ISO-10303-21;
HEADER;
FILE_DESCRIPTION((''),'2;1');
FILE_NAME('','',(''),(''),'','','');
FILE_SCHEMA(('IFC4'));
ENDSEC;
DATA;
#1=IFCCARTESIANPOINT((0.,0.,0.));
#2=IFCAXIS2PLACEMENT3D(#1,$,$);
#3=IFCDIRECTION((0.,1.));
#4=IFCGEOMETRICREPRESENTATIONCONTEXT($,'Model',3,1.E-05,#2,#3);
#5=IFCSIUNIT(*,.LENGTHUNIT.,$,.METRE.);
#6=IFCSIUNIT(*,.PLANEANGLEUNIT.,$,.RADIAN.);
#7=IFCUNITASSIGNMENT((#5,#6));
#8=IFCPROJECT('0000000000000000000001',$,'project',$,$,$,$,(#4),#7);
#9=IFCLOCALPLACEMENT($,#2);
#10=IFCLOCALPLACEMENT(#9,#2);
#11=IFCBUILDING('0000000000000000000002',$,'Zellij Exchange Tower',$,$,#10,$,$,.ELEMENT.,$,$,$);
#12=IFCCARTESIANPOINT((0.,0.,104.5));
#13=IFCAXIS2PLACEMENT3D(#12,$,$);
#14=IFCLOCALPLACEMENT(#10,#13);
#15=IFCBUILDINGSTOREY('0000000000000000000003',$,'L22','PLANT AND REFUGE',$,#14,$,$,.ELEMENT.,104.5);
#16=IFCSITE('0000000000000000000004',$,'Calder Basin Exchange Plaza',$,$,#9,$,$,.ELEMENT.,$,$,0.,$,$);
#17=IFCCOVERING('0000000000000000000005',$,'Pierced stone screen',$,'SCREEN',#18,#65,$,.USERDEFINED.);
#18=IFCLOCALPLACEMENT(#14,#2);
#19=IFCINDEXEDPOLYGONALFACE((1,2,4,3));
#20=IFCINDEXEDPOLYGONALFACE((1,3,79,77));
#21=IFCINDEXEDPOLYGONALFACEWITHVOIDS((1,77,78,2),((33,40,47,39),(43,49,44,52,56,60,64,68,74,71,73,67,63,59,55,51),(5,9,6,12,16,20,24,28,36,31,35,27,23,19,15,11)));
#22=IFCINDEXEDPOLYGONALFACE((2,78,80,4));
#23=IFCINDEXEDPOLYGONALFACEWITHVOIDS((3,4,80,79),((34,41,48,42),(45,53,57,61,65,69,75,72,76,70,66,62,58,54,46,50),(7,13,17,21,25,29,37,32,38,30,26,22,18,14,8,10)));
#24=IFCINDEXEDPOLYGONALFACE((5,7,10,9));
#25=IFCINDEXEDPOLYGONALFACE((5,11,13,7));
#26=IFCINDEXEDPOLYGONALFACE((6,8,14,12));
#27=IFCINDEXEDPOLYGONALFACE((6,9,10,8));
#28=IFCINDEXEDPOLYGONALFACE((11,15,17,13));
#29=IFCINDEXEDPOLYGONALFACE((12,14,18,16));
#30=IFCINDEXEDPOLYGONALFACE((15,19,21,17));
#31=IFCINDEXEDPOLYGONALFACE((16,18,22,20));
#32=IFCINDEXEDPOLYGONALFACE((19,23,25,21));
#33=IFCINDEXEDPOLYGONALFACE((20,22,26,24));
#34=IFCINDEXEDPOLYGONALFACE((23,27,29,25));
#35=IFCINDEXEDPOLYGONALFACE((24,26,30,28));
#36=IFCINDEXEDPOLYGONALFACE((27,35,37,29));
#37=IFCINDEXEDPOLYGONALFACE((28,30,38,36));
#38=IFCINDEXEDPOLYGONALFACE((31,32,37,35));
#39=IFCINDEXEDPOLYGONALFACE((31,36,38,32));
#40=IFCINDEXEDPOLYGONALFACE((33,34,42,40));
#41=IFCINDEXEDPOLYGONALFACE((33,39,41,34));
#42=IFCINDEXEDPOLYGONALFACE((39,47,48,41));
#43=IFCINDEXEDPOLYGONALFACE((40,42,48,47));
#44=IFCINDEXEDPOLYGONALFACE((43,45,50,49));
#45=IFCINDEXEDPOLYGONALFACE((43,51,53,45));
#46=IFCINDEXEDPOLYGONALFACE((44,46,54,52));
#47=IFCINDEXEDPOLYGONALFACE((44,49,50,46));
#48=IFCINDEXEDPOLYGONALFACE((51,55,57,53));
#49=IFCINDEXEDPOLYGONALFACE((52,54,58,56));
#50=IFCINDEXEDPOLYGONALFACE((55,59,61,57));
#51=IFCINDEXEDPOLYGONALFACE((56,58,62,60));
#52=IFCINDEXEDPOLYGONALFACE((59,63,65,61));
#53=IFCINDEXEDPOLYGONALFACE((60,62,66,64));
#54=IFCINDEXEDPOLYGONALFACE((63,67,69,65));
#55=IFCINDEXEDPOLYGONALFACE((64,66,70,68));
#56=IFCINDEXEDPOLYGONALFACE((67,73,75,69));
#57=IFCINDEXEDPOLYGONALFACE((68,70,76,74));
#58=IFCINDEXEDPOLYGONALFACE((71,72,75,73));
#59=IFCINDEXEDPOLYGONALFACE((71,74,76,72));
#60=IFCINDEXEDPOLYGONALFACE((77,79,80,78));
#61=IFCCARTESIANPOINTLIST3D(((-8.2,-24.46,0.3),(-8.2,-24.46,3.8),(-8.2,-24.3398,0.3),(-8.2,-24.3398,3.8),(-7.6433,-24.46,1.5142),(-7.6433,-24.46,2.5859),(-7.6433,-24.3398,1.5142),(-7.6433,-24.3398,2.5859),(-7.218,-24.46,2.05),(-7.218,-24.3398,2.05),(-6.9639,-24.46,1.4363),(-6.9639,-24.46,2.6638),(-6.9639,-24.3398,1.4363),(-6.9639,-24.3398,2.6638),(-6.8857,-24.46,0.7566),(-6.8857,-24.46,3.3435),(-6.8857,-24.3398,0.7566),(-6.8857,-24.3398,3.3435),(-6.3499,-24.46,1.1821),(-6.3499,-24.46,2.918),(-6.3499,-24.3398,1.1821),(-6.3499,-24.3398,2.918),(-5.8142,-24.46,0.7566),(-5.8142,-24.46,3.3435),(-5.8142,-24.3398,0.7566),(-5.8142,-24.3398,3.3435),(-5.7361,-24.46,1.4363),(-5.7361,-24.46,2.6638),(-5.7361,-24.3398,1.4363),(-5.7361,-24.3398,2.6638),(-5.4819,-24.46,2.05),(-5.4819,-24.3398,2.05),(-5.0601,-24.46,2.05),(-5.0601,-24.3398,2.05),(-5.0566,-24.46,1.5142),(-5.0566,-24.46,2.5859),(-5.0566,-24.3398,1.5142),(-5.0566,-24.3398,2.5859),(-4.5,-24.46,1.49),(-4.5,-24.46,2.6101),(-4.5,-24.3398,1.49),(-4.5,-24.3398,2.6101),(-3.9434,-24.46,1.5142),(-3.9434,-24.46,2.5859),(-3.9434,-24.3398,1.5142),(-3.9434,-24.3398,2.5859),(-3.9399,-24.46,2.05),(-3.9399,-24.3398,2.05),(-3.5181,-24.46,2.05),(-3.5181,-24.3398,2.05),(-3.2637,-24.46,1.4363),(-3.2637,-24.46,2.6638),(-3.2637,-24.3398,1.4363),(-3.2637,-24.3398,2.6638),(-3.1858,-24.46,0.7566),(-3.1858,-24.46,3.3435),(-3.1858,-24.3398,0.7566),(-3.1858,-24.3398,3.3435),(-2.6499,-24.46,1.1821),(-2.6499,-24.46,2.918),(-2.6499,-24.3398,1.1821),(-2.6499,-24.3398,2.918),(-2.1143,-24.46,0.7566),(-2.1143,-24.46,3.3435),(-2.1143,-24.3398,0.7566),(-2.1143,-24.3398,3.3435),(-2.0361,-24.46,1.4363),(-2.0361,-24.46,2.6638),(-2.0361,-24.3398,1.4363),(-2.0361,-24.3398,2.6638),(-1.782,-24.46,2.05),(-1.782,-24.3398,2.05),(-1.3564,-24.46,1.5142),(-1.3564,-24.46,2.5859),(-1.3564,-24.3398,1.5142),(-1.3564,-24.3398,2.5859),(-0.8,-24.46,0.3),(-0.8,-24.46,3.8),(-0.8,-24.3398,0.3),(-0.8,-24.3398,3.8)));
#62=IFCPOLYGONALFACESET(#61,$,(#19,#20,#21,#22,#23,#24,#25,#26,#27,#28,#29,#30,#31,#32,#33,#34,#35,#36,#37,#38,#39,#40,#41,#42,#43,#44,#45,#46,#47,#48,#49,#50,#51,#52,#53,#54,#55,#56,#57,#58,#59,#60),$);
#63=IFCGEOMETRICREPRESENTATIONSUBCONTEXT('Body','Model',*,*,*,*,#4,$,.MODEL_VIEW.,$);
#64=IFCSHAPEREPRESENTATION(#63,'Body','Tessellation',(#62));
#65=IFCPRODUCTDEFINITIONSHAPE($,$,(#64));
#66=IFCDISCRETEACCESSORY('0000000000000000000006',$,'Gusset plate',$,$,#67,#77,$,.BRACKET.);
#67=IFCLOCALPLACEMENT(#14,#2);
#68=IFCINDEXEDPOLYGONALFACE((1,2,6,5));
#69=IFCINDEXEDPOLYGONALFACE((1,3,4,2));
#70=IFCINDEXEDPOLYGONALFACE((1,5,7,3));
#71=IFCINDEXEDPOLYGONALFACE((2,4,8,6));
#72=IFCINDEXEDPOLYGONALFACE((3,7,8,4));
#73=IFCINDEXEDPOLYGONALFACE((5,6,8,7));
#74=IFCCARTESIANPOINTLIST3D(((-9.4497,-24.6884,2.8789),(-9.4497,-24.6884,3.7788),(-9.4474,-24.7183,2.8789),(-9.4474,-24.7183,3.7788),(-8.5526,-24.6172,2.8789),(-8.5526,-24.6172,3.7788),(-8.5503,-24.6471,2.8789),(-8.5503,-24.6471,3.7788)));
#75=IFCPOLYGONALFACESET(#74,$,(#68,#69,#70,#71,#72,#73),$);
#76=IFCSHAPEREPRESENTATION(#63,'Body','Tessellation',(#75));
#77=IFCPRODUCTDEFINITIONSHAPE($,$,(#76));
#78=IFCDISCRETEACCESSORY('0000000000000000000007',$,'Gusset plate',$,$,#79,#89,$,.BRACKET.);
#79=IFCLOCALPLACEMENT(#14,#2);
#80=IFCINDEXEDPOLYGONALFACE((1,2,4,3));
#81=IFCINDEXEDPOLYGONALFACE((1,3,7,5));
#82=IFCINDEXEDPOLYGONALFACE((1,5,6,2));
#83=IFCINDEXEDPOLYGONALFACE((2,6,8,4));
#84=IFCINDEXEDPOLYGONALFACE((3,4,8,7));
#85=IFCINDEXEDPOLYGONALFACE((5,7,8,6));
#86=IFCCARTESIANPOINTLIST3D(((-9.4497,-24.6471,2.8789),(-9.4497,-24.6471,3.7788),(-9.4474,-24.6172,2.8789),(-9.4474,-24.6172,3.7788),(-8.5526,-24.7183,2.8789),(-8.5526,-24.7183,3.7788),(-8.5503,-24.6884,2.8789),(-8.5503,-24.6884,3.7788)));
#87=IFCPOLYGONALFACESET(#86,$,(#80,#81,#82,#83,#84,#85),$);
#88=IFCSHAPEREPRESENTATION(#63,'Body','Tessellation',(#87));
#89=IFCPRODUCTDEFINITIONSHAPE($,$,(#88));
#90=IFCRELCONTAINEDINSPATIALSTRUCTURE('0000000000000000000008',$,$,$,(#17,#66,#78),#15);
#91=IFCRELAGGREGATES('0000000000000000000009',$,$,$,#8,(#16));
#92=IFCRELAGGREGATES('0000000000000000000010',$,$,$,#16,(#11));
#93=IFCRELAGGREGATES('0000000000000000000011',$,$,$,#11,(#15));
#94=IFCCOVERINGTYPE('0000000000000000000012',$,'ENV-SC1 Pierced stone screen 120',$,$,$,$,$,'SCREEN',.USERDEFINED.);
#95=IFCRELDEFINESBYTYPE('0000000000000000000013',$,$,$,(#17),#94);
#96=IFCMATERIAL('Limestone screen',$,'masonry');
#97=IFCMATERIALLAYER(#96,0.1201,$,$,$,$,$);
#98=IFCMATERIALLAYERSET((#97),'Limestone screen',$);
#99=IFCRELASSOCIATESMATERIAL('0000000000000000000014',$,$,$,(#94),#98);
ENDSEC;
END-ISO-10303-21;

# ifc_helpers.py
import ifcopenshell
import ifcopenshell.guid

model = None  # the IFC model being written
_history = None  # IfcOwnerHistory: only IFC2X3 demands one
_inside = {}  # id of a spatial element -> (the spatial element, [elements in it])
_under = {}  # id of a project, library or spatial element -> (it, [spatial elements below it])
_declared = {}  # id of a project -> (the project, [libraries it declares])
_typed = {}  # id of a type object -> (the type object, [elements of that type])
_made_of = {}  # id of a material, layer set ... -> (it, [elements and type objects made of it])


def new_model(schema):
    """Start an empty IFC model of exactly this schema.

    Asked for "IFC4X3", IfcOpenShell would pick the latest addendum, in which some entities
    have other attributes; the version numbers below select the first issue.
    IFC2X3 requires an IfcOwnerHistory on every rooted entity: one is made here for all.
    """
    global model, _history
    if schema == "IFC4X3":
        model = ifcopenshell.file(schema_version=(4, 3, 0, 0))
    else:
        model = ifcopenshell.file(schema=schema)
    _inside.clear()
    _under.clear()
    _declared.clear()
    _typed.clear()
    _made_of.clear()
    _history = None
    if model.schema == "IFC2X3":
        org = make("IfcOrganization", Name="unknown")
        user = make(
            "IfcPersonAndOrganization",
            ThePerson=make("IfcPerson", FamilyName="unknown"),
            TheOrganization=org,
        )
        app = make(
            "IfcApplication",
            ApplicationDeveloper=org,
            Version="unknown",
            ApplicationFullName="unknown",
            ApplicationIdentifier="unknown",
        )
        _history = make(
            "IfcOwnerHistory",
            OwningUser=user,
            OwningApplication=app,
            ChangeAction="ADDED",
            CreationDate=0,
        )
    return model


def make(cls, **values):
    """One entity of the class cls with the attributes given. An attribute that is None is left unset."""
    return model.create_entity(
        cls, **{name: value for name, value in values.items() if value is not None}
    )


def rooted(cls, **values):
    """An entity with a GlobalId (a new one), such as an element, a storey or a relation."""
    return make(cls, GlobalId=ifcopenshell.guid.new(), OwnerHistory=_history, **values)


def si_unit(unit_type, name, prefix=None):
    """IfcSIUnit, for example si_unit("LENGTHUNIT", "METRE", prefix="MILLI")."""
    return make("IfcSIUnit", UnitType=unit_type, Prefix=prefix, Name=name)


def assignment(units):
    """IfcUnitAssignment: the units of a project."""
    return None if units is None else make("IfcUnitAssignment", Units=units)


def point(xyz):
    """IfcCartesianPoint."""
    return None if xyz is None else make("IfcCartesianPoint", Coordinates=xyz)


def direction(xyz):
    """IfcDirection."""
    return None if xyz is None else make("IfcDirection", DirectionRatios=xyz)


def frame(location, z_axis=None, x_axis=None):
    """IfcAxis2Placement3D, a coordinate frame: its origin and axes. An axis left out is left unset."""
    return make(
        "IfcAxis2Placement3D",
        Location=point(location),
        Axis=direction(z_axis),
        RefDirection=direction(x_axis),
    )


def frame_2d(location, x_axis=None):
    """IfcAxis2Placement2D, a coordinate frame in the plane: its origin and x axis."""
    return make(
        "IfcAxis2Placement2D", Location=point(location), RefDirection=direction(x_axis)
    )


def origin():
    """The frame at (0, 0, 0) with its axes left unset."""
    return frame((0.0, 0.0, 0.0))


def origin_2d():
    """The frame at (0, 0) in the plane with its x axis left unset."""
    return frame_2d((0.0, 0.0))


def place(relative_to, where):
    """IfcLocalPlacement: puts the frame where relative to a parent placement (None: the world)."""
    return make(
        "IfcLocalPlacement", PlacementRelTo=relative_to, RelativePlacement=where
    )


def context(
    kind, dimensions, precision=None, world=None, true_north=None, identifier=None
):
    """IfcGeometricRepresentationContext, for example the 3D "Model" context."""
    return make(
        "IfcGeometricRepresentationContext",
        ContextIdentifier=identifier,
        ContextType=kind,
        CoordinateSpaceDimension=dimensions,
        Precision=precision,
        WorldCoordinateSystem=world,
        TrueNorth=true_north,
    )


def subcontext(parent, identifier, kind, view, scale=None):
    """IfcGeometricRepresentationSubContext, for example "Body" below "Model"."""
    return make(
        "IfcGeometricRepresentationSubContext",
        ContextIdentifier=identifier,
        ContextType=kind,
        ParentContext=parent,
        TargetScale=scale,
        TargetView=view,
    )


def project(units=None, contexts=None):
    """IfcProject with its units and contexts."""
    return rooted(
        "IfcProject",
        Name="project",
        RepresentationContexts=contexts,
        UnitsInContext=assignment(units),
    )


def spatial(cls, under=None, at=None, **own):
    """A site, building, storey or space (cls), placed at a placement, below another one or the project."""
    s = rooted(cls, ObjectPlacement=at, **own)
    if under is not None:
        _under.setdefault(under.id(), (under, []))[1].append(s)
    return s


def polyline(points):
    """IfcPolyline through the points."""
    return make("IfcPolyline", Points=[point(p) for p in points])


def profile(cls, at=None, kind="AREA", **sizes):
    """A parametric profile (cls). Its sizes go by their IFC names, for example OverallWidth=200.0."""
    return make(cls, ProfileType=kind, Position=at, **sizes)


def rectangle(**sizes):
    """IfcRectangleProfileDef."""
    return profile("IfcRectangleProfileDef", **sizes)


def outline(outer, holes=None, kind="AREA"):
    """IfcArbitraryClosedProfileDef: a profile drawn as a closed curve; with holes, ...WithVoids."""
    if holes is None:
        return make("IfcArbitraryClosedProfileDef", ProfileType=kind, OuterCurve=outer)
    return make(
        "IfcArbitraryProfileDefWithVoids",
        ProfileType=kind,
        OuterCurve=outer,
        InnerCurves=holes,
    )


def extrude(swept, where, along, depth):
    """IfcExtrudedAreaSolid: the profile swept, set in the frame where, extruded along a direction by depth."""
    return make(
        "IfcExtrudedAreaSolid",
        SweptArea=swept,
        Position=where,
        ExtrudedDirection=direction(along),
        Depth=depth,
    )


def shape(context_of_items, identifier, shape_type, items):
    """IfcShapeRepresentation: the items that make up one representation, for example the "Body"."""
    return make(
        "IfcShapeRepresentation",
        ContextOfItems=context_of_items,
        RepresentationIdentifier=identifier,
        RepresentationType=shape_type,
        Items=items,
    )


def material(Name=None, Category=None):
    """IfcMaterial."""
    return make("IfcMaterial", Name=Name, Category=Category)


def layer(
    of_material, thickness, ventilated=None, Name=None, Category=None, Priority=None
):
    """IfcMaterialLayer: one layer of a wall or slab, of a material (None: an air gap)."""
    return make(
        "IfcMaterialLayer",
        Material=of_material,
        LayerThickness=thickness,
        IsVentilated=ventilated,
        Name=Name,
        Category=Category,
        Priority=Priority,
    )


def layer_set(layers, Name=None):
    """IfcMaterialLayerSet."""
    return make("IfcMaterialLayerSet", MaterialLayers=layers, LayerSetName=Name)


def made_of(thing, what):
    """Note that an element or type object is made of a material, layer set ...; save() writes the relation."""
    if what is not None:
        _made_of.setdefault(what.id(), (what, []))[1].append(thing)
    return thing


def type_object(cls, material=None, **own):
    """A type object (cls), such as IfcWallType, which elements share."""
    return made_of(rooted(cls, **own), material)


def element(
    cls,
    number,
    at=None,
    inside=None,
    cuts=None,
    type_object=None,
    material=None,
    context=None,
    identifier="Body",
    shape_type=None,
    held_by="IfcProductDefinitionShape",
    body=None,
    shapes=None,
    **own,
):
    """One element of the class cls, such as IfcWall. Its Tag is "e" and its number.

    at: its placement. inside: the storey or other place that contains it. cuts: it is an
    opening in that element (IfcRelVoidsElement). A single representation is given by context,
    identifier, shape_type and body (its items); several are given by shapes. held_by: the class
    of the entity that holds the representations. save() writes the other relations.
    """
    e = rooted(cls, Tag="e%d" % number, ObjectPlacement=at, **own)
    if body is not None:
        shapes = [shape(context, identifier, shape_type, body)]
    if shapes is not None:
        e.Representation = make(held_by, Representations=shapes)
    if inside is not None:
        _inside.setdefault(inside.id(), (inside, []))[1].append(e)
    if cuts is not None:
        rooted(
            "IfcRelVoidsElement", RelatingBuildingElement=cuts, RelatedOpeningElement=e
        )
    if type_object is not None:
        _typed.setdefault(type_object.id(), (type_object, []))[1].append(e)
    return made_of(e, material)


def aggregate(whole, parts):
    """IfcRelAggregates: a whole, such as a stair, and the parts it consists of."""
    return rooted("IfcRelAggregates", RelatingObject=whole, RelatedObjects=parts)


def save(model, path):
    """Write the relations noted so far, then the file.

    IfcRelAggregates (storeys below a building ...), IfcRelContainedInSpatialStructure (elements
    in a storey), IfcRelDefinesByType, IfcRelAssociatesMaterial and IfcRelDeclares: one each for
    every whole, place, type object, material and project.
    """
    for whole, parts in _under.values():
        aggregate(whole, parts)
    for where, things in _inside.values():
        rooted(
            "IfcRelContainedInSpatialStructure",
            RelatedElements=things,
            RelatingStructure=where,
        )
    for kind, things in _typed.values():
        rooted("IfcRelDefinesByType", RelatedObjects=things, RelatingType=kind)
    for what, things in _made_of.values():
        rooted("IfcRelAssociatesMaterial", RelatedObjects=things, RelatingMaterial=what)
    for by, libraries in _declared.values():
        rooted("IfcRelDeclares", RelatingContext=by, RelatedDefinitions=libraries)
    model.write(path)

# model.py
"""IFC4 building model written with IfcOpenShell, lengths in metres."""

from ifc_helpers import new_model, si_unit, direction, frame, origin, origin_2d, place, context, subcontext, project, spatial, polyline, rectangle, outline, extrude, material, layer, layer_set, type_object, element, save


model = new_model("IFC4")

# Units and contexts
model_context = context("Model", 3, precision=1e-05, world=origin(), true_north=direction((0.0, 1.0)))
body_context = subcontext(model_context, "Body", "Model", "MODEL_VIEW")
ifc_project = project(units=[si_unit("LENGTHUNIT", "METRE"), si_unit("PLANEANGLEUNIT", "RADIAN")], contexts=[model_context])

# Site, building, storey
site_placement = place(None, origin())
site = spatial("IfcSite", under=ifc_project, at=site_placement, Name="Calder Basin Exchange Plaza", CompositionType="ELEMENT", RefElevation=0.0)
building_placement = place(site_placement, origin())
building = spatial("IfcBuilding", under=site, at=building_placement, Name="Zellij Exchange Tower", CompositionType="ELEMENT")
storey_placement = place(building_placement, frame((0.0, 0.0, 104.5)))
storey = spatial("IfcBuildingStorey", under=building, at=storey_placement, Name="L22", Description="PLANT AND REFUGE", CompositionType="ELEMENT", Elevation=104.5)

# Covering
ifc_material_1 = material(Name="Limestone screen", Category="masonry")
ifc_layer_1 = layer(ifc_material_1, 0.1201)
ifc_layer_set_1 = layer_set([ifc_layer_1], Name="Limestone screen")
covering_type_1 = type_object("IfcCoveringType", Name="ENV-SC1 Pierced stone screen 120", ElementType="SCREEN", PredefinedType="USERDEFINED", material=ifc_layer_set_1)
covering_placement = place(storey_placement, frame((-8.2, -24.3999, 0.3), z_axis=(0.0, 0.0, 1.0), x_axis=(1.0, 0.0, 0.0)))
element("IfcCovering", 1, at=covering_placement, inside=storey, type_object=covering_type_1, Name="Pierced stone screen", ObjectType="SCREEN", PredefinedType="USERDEFINED", context=body_context, shape_type="SweptSolid", body=[
    extrude(outline(polyline([(0.0, 0.0), (7.3999, 0.0), (7.3999, 3.5), (0.0, 3.5), (0.0, 0.0)]), holes=[polyline([(3.1433, 2.2859), (2.4639, 2.3638), (2.3857, 3.0435), (1.8501, 2.6179), (1.3142, 3.0435), (1.2361, 2.3638), (0.5566, 2.2859), (0.9819, 1.75), (0.5566, 1.2141), (1.2361, 1.1362), (1.3142, 0.4565), (1.8501, 0.8821), (2.3857, 0.4565), (2.4639, 1.1362), (3.1433, 1.2141), (2.718, 1.75), (3.1433, 2.2859)]), polyline([(6.8435, 2.2859), (6.1638, 2.3638), (6.0857, 3.0435), (5.55, 2.6179), (5.0142, 3.0435), (4.9363, 2.3638), (4.2566, 2.2859), (4.6819, 1.75), (4.2566, 1.2141), (4.9363, 1.1362), (5.0142, 0.4565), (5.55, 0.8821), (6.0857, 0.4565), (6.1638, 1.1362), (6.8435, 1.2141), (6.418, 1.75), (6.8435, 2.2859)]), polyline([(4.26, 1.75), (3.7, 2.3101), (3.1399, 1.75), (3.7, 1.1899), (4.26, 1.75)])]), frame((0.0, 0.0601, 0.0), z_axis=(0.0, -1.0, 0.0), x_axis=(1.0, 0.0, 0.0)), (0.0, 0.0, 1.0), 0.1201),
])

# Discrete accessories
for number, where, z_axis, x_axis, name in (
    (2, (-9.0, -24.6677, 2.8789), (0.0, 0.0, 1.0), (0.996864, 0.079129, 0.0), "Gusset plate"),
    (3, (-9.0, -24.6677, 2.8789), (0.0, 0.0, 1.0), (0.996864, -0.079129, 0.0), "Gusset plate"),
):
    element("IfcDiscreteAccessory", number, at=place(storey_placement, frame(where, z_axis=z_axis, x_axis=x_axis)), inside=storey, Name=name, PredefinedType="BRACKET", context=body_context, shape_type="SweptSolid", body=[
        extrude(rectangle(XDim=0.8999, YDim=0.03, at=origin_2d()), origin(), (0.0, 0.0, 1.0), 0.8999),
    ])

save(model, "model.ifc")
